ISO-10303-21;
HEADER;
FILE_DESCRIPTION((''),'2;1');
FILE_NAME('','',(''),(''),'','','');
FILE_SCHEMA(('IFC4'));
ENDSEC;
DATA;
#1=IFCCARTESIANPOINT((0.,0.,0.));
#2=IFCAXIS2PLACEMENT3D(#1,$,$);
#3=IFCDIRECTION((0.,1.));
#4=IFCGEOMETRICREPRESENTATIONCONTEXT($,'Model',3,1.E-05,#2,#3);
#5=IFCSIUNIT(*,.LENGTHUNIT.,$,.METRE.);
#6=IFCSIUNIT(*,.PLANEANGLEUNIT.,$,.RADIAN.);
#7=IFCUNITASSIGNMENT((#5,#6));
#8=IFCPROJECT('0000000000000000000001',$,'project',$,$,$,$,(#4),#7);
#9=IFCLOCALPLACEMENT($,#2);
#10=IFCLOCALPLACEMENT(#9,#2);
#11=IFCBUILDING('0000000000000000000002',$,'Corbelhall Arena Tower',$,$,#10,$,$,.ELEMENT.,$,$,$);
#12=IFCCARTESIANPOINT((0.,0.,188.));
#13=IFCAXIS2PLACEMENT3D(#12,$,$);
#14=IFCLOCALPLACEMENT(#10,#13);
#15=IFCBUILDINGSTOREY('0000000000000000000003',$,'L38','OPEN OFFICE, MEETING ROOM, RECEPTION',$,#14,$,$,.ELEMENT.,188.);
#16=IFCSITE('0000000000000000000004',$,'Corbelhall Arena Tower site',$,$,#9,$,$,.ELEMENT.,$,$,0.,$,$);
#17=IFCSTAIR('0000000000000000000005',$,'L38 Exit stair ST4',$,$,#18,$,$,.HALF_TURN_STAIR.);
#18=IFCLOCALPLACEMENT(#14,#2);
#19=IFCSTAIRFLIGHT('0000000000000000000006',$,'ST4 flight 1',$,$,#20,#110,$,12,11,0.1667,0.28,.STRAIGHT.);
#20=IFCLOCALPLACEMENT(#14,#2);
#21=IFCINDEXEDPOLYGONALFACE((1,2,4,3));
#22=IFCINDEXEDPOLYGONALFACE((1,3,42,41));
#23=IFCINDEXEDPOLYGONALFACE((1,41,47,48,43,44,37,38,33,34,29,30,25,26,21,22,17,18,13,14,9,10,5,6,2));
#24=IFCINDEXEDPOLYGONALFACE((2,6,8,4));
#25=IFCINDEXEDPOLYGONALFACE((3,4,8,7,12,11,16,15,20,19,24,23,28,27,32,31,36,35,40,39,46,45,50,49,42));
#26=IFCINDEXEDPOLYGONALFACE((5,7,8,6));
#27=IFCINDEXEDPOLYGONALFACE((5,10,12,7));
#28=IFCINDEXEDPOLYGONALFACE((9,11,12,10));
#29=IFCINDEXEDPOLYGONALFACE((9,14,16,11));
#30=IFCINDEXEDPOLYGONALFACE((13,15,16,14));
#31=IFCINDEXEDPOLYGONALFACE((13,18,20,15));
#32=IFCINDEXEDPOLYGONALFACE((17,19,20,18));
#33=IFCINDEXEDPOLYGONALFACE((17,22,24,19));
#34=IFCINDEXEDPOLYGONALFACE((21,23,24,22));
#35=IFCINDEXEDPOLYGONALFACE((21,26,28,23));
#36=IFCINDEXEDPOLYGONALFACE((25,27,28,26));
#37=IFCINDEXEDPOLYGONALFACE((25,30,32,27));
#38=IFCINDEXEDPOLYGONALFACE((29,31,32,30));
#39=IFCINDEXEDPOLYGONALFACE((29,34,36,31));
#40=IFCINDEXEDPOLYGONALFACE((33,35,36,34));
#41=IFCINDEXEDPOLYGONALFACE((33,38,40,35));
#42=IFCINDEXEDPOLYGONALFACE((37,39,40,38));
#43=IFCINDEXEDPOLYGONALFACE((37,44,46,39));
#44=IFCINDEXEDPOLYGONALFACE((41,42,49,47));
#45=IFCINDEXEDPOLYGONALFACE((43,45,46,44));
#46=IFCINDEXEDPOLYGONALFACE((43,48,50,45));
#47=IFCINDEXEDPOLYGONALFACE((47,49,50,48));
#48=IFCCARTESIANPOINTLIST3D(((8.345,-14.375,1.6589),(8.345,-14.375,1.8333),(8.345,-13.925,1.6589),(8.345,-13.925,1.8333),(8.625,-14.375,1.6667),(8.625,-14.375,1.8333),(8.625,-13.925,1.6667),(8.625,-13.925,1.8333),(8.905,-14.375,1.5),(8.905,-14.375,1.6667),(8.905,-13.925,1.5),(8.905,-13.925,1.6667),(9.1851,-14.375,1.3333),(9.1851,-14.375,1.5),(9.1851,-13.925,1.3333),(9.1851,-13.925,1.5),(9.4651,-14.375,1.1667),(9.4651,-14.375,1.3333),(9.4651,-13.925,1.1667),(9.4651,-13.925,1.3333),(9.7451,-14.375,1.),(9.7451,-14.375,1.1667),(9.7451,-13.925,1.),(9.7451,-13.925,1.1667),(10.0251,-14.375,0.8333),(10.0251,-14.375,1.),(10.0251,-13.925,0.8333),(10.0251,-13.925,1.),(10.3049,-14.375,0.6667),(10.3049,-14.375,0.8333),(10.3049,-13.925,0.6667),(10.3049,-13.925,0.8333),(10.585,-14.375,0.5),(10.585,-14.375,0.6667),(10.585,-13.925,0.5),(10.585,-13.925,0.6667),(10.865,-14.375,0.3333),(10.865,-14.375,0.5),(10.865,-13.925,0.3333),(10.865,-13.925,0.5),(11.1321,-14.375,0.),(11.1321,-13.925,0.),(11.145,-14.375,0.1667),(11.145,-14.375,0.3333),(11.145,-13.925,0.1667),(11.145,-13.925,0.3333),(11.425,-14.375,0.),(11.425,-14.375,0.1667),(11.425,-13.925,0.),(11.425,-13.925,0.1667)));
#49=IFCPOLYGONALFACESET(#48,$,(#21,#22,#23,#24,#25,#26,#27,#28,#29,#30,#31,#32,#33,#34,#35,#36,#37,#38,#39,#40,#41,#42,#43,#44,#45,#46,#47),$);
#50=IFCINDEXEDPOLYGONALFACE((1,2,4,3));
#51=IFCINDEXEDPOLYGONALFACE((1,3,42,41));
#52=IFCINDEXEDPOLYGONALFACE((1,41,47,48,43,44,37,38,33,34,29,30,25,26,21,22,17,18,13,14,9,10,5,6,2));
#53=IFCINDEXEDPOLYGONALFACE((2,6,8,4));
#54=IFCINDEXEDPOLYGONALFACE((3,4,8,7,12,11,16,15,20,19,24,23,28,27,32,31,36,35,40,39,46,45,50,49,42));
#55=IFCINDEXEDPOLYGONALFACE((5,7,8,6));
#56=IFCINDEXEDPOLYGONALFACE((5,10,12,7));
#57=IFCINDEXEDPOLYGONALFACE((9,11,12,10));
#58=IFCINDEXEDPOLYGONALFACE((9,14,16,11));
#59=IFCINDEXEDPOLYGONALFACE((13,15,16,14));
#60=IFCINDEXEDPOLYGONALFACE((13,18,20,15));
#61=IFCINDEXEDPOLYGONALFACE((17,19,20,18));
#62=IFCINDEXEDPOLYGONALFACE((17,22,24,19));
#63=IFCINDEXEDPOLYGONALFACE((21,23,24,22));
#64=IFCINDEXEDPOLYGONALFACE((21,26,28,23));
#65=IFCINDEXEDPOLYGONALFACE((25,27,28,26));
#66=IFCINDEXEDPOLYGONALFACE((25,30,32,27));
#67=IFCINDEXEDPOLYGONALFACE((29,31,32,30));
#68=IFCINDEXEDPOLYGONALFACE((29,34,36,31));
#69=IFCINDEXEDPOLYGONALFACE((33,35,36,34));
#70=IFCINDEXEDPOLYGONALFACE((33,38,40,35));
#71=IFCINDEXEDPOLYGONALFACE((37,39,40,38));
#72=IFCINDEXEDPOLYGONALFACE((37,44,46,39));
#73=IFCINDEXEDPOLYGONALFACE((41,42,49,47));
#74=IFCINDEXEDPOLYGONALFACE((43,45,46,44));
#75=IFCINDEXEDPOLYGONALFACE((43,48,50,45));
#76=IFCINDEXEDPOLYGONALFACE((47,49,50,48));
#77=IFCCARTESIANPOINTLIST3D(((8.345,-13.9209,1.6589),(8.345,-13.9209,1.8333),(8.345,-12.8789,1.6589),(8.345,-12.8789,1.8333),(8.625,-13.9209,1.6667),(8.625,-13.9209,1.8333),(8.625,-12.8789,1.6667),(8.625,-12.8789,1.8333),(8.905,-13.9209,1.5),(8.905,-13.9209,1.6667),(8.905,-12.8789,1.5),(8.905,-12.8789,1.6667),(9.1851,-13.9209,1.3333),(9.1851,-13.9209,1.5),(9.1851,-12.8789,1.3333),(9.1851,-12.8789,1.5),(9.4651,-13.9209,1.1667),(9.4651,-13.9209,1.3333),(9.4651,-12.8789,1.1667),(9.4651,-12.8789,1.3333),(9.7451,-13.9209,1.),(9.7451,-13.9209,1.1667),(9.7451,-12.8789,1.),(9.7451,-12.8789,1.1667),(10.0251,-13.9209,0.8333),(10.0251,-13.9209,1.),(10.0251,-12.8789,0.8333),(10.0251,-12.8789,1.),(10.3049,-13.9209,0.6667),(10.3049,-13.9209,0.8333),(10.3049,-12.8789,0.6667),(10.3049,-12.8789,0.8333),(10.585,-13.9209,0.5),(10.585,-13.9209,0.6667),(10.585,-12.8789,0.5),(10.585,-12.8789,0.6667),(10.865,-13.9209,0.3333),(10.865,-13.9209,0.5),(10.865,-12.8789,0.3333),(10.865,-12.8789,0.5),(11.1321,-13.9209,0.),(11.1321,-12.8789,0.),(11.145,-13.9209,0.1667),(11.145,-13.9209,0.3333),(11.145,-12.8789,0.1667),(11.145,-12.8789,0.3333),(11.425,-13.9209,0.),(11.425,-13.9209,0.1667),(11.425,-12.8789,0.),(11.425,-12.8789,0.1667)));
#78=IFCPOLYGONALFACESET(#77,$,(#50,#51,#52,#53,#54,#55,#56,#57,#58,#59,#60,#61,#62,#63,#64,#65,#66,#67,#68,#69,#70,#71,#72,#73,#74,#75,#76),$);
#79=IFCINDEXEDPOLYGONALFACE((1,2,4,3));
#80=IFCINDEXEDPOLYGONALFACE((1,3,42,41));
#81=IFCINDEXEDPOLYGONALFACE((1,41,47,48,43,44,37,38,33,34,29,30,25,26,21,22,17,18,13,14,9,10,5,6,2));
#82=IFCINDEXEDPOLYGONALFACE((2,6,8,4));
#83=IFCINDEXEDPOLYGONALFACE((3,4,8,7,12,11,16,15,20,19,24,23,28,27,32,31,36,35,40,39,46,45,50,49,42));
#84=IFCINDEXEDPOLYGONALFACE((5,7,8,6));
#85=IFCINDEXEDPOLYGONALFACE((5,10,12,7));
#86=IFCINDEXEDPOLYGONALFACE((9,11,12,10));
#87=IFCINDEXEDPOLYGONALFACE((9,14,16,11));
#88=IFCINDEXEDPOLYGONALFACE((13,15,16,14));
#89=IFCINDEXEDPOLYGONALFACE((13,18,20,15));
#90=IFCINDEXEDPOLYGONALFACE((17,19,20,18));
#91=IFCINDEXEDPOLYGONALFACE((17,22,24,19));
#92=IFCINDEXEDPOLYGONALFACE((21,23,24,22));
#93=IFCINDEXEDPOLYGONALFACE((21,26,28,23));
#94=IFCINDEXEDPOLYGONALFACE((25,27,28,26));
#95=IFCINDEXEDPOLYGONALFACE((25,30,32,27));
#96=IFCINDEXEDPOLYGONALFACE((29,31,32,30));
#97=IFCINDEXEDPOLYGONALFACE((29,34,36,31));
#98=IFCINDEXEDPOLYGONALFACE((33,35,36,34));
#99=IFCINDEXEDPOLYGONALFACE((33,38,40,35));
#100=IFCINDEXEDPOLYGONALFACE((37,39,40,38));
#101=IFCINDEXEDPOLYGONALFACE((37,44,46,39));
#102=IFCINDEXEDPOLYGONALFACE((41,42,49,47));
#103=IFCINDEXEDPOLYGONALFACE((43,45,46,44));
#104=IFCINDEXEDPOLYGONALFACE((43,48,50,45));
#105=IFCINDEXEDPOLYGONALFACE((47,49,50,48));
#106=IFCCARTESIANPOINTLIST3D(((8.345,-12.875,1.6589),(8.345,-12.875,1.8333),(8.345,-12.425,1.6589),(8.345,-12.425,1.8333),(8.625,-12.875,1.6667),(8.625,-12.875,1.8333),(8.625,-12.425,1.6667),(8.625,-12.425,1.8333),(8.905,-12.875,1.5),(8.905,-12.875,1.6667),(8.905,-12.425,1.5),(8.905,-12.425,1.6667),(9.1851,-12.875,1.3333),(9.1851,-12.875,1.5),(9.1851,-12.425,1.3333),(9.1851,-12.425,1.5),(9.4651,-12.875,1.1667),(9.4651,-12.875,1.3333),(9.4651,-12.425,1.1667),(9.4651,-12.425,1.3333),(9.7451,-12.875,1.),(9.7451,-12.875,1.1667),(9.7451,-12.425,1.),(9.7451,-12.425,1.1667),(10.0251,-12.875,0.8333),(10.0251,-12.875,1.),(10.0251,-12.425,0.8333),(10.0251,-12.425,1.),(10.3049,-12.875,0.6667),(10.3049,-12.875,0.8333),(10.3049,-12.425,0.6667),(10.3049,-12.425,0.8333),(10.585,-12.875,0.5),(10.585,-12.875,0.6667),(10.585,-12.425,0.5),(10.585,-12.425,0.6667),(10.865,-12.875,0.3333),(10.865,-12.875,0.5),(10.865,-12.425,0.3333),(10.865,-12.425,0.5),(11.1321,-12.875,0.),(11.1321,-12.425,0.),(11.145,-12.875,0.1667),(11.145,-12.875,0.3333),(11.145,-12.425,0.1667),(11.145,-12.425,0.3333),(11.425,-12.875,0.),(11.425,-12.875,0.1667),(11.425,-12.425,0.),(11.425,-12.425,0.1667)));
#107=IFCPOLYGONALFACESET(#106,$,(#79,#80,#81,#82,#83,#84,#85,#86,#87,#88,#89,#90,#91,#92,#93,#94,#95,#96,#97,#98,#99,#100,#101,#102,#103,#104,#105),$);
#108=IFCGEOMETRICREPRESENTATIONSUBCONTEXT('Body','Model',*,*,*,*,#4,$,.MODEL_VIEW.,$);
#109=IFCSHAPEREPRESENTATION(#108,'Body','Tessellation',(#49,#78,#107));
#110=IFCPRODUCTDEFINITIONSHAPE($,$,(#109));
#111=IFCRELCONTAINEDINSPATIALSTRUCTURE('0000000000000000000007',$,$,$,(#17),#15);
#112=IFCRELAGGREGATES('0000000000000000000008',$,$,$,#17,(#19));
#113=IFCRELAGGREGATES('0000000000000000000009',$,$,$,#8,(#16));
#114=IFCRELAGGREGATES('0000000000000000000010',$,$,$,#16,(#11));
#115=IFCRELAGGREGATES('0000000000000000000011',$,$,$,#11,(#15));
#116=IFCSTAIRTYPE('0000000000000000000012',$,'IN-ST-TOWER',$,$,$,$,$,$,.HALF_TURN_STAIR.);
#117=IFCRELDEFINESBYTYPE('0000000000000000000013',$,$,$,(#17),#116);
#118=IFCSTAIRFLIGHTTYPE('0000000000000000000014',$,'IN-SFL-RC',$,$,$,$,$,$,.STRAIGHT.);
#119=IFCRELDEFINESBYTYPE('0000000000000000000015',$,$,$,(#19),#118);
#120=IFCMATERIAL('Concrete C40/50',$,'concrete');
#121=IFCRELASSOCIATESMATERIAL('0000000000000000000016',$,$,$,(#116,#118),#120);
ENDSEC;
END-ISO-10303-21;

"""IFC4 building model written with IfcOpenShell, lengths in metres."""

from ifc_helpers import new_model, si_unit, direction, frame, origin, place, context, subcontext, project, spatial, polyline, outline, extrude, material, type_object, element, aggregate, save


model = new_model("IFC4")

# Units and contexts
model_context = context("Model", 3, precision=1e-05, world=origin(), true_north=direction((0.0, 1.0)))
body_context = subcontext(model_context, "Body", "Model", "MODEL_VIEW")
ifc_project = project(units=[si_unit("LENGTHUNIT", "METRE"), si_unit("PLANEANGLEUNIT", "RADIAN")], contexts=[model_context])

# Site, building, storey
site_placement = place(None, origin())
site = spatial("IfcSite", under=ifc_project, at=site_placement, Name="Corbelhall Arena Tower site", CompositionType="ELEMENT", RefElevation=0.0)
building_placement = place(site_placement, origin())
building = spatial("IfcBuilding", under=site, at=building_placement, Name="Corbelhall Arena Tower", CompositionType="ELEMENT")
storey_placement = place(building_placement, frame((0.0, 0.0, 188.0)))
storey = spatial("IfcBuildingStorey", under=building, at=storey_placement, Name="L38", Description="OPEN OFFICE, MEETING ROOM, RECEPTION", CompositionType="ELEMENT", Elevation=188.0)

# Shared definitions
ifc_material_1 = material(Name="Concrete C40/50", Category="concrete")

# Stair, stair flight
stair_type = type_object("IfcStairType", Name="IN-ST-TOWER", PredefinedType="HALF_TURN_STAIR", material=ifc_material_1)
stair_placement = place(storey_placement, origin())
stair = element("IfcStair", 1, at=stair_placement, inside=storey, type_object=stair_type, Name="L38 Exit stair ST4", PredefinedType="HALF_TURN_STAIR")
stair_flight_type = type_object("IfcStairFlightType", Name="IN-SFL-RC", PredefinedType="STRAIGHT", material=ifc_material_1)
stair_flight_placement = place(storey_placement, frame((11.425, -13.3999, 0.0), z_axis=(0.0, 0.0, 1.0), x_axis=(-1.0, 0.0, 0.0)))
stair_flight = element("IfcStairFlight", 2, at=stair_flight_placement, type_object=stair_flight_type, Name="ST4 flight 1", NumberOfRisers=12, NumberOfTreads=11, PredefinedType="STRAIGHT", RiserHeight=0.1667, TreadLength=0.28, context=body_context, shape_type="SweptSolid", body=[
    extrude(outline(polyline([(0.0, 0.0), (0.0, 0.1667), (0.28, 0.1667), (0.28, 0.3333), (0.5601, 0.3333), (0.5601, 0.5), (0.8401, 0.5), (0.8401, 0.6667), (1.1201, 0.6667), (1.1201, 0.8333), (1.3999, 0.8333), (1.3999, 1.0), (1.6799, 1.0), (1.6799, 1.1667), (1.96, 1.1667), (1.96, 1.3333), (2.24, 1.3333), (2.24, 1.5), (2.52, 1.5), (2.52, 1.6667), (2.8, 1.6667), (2.8, 1.8333), (3.0801, 1.8333), (3.0801, 2.0), (3.0801, 1.6589), (0.293, 0.0), (0.0, 0.0)])), frame((0.0, 0.9751, 0.0), z_axis=(0.0, -1.0, 0.0), x_axis=(1.0, 0.0, 0.0)), (0.0, 0.0, 1.0), 0.45),
    extrude(outline(polyline([(0.0, 0.0), (0.0, 0.1667), (0.28, 0.1667), (0.28, 0.3333), (0.5601, 0.3333), (0.5601, 0.5), (0.8401, 0.5), (0.8401, 0.6667), (1.1201, 0.6667), (1.1201, 0.8333), (1.3999, 0.8333), (1.3999, 1.0), (1.6799, 1.0), (1.6799, 1.1667), (1.96, 1.1667), (1.96, 1.3333), (2.24, 1.3333), (2.24, 1.5), (2.52, 1.5), (2.52, 1.6667), (2.8, 1.6667), (2.8, 1.8333), (3.0801, 1.8333), (3.0801, 2.0), (3.0801, 1.6589), (0.293, 0.0), (0.0, 0.0)])), frame((0.0, 0.521, 0.0), z_axis=(0.0, -1.0, 0.0), x_axis=(1.0, 0.0, 0.0)), (0.0, 0.0, 1.0), 1.042),
    extrude(outline(polyline([(0.0, 0.0), (0.0, 0.1667), (0.28, 0.1667), (0.28, 0.3333), (0.5601, 0.3333), (0.5601, 0.5), (0.8401, 0.5), (0.8401, 0.6667), (1.1201, 0.6667), (1.1201, 0.8333), (1.3999, 0.8333), (1.3999, 1.0), (1.6799, 1.0), (1.6799, 1.1667), (1.96, 1.1667), (1.96, 1.3333), (2.24, 1.3333), (2.24, 1.5), (2.52, 1.5), (2.52, 1.6667), (2.8, 1.6667), (2.8, 1.8333), (3.0801, 1.8333), (3.0801, 2.0), (3.0801, 1.6589), (0.293, 0.0), (0.0, 0.0)])), frame((0.0, -0.5249, 0.0), z_axis=(0.0, -1.0, 0.0), x_axis=(1.0, 0.0, 0.0)), (0.0, 0.0, 1.0), 0.45),
])
aggregate(stair, [stair_flight])

save(model, "model.ifc")
